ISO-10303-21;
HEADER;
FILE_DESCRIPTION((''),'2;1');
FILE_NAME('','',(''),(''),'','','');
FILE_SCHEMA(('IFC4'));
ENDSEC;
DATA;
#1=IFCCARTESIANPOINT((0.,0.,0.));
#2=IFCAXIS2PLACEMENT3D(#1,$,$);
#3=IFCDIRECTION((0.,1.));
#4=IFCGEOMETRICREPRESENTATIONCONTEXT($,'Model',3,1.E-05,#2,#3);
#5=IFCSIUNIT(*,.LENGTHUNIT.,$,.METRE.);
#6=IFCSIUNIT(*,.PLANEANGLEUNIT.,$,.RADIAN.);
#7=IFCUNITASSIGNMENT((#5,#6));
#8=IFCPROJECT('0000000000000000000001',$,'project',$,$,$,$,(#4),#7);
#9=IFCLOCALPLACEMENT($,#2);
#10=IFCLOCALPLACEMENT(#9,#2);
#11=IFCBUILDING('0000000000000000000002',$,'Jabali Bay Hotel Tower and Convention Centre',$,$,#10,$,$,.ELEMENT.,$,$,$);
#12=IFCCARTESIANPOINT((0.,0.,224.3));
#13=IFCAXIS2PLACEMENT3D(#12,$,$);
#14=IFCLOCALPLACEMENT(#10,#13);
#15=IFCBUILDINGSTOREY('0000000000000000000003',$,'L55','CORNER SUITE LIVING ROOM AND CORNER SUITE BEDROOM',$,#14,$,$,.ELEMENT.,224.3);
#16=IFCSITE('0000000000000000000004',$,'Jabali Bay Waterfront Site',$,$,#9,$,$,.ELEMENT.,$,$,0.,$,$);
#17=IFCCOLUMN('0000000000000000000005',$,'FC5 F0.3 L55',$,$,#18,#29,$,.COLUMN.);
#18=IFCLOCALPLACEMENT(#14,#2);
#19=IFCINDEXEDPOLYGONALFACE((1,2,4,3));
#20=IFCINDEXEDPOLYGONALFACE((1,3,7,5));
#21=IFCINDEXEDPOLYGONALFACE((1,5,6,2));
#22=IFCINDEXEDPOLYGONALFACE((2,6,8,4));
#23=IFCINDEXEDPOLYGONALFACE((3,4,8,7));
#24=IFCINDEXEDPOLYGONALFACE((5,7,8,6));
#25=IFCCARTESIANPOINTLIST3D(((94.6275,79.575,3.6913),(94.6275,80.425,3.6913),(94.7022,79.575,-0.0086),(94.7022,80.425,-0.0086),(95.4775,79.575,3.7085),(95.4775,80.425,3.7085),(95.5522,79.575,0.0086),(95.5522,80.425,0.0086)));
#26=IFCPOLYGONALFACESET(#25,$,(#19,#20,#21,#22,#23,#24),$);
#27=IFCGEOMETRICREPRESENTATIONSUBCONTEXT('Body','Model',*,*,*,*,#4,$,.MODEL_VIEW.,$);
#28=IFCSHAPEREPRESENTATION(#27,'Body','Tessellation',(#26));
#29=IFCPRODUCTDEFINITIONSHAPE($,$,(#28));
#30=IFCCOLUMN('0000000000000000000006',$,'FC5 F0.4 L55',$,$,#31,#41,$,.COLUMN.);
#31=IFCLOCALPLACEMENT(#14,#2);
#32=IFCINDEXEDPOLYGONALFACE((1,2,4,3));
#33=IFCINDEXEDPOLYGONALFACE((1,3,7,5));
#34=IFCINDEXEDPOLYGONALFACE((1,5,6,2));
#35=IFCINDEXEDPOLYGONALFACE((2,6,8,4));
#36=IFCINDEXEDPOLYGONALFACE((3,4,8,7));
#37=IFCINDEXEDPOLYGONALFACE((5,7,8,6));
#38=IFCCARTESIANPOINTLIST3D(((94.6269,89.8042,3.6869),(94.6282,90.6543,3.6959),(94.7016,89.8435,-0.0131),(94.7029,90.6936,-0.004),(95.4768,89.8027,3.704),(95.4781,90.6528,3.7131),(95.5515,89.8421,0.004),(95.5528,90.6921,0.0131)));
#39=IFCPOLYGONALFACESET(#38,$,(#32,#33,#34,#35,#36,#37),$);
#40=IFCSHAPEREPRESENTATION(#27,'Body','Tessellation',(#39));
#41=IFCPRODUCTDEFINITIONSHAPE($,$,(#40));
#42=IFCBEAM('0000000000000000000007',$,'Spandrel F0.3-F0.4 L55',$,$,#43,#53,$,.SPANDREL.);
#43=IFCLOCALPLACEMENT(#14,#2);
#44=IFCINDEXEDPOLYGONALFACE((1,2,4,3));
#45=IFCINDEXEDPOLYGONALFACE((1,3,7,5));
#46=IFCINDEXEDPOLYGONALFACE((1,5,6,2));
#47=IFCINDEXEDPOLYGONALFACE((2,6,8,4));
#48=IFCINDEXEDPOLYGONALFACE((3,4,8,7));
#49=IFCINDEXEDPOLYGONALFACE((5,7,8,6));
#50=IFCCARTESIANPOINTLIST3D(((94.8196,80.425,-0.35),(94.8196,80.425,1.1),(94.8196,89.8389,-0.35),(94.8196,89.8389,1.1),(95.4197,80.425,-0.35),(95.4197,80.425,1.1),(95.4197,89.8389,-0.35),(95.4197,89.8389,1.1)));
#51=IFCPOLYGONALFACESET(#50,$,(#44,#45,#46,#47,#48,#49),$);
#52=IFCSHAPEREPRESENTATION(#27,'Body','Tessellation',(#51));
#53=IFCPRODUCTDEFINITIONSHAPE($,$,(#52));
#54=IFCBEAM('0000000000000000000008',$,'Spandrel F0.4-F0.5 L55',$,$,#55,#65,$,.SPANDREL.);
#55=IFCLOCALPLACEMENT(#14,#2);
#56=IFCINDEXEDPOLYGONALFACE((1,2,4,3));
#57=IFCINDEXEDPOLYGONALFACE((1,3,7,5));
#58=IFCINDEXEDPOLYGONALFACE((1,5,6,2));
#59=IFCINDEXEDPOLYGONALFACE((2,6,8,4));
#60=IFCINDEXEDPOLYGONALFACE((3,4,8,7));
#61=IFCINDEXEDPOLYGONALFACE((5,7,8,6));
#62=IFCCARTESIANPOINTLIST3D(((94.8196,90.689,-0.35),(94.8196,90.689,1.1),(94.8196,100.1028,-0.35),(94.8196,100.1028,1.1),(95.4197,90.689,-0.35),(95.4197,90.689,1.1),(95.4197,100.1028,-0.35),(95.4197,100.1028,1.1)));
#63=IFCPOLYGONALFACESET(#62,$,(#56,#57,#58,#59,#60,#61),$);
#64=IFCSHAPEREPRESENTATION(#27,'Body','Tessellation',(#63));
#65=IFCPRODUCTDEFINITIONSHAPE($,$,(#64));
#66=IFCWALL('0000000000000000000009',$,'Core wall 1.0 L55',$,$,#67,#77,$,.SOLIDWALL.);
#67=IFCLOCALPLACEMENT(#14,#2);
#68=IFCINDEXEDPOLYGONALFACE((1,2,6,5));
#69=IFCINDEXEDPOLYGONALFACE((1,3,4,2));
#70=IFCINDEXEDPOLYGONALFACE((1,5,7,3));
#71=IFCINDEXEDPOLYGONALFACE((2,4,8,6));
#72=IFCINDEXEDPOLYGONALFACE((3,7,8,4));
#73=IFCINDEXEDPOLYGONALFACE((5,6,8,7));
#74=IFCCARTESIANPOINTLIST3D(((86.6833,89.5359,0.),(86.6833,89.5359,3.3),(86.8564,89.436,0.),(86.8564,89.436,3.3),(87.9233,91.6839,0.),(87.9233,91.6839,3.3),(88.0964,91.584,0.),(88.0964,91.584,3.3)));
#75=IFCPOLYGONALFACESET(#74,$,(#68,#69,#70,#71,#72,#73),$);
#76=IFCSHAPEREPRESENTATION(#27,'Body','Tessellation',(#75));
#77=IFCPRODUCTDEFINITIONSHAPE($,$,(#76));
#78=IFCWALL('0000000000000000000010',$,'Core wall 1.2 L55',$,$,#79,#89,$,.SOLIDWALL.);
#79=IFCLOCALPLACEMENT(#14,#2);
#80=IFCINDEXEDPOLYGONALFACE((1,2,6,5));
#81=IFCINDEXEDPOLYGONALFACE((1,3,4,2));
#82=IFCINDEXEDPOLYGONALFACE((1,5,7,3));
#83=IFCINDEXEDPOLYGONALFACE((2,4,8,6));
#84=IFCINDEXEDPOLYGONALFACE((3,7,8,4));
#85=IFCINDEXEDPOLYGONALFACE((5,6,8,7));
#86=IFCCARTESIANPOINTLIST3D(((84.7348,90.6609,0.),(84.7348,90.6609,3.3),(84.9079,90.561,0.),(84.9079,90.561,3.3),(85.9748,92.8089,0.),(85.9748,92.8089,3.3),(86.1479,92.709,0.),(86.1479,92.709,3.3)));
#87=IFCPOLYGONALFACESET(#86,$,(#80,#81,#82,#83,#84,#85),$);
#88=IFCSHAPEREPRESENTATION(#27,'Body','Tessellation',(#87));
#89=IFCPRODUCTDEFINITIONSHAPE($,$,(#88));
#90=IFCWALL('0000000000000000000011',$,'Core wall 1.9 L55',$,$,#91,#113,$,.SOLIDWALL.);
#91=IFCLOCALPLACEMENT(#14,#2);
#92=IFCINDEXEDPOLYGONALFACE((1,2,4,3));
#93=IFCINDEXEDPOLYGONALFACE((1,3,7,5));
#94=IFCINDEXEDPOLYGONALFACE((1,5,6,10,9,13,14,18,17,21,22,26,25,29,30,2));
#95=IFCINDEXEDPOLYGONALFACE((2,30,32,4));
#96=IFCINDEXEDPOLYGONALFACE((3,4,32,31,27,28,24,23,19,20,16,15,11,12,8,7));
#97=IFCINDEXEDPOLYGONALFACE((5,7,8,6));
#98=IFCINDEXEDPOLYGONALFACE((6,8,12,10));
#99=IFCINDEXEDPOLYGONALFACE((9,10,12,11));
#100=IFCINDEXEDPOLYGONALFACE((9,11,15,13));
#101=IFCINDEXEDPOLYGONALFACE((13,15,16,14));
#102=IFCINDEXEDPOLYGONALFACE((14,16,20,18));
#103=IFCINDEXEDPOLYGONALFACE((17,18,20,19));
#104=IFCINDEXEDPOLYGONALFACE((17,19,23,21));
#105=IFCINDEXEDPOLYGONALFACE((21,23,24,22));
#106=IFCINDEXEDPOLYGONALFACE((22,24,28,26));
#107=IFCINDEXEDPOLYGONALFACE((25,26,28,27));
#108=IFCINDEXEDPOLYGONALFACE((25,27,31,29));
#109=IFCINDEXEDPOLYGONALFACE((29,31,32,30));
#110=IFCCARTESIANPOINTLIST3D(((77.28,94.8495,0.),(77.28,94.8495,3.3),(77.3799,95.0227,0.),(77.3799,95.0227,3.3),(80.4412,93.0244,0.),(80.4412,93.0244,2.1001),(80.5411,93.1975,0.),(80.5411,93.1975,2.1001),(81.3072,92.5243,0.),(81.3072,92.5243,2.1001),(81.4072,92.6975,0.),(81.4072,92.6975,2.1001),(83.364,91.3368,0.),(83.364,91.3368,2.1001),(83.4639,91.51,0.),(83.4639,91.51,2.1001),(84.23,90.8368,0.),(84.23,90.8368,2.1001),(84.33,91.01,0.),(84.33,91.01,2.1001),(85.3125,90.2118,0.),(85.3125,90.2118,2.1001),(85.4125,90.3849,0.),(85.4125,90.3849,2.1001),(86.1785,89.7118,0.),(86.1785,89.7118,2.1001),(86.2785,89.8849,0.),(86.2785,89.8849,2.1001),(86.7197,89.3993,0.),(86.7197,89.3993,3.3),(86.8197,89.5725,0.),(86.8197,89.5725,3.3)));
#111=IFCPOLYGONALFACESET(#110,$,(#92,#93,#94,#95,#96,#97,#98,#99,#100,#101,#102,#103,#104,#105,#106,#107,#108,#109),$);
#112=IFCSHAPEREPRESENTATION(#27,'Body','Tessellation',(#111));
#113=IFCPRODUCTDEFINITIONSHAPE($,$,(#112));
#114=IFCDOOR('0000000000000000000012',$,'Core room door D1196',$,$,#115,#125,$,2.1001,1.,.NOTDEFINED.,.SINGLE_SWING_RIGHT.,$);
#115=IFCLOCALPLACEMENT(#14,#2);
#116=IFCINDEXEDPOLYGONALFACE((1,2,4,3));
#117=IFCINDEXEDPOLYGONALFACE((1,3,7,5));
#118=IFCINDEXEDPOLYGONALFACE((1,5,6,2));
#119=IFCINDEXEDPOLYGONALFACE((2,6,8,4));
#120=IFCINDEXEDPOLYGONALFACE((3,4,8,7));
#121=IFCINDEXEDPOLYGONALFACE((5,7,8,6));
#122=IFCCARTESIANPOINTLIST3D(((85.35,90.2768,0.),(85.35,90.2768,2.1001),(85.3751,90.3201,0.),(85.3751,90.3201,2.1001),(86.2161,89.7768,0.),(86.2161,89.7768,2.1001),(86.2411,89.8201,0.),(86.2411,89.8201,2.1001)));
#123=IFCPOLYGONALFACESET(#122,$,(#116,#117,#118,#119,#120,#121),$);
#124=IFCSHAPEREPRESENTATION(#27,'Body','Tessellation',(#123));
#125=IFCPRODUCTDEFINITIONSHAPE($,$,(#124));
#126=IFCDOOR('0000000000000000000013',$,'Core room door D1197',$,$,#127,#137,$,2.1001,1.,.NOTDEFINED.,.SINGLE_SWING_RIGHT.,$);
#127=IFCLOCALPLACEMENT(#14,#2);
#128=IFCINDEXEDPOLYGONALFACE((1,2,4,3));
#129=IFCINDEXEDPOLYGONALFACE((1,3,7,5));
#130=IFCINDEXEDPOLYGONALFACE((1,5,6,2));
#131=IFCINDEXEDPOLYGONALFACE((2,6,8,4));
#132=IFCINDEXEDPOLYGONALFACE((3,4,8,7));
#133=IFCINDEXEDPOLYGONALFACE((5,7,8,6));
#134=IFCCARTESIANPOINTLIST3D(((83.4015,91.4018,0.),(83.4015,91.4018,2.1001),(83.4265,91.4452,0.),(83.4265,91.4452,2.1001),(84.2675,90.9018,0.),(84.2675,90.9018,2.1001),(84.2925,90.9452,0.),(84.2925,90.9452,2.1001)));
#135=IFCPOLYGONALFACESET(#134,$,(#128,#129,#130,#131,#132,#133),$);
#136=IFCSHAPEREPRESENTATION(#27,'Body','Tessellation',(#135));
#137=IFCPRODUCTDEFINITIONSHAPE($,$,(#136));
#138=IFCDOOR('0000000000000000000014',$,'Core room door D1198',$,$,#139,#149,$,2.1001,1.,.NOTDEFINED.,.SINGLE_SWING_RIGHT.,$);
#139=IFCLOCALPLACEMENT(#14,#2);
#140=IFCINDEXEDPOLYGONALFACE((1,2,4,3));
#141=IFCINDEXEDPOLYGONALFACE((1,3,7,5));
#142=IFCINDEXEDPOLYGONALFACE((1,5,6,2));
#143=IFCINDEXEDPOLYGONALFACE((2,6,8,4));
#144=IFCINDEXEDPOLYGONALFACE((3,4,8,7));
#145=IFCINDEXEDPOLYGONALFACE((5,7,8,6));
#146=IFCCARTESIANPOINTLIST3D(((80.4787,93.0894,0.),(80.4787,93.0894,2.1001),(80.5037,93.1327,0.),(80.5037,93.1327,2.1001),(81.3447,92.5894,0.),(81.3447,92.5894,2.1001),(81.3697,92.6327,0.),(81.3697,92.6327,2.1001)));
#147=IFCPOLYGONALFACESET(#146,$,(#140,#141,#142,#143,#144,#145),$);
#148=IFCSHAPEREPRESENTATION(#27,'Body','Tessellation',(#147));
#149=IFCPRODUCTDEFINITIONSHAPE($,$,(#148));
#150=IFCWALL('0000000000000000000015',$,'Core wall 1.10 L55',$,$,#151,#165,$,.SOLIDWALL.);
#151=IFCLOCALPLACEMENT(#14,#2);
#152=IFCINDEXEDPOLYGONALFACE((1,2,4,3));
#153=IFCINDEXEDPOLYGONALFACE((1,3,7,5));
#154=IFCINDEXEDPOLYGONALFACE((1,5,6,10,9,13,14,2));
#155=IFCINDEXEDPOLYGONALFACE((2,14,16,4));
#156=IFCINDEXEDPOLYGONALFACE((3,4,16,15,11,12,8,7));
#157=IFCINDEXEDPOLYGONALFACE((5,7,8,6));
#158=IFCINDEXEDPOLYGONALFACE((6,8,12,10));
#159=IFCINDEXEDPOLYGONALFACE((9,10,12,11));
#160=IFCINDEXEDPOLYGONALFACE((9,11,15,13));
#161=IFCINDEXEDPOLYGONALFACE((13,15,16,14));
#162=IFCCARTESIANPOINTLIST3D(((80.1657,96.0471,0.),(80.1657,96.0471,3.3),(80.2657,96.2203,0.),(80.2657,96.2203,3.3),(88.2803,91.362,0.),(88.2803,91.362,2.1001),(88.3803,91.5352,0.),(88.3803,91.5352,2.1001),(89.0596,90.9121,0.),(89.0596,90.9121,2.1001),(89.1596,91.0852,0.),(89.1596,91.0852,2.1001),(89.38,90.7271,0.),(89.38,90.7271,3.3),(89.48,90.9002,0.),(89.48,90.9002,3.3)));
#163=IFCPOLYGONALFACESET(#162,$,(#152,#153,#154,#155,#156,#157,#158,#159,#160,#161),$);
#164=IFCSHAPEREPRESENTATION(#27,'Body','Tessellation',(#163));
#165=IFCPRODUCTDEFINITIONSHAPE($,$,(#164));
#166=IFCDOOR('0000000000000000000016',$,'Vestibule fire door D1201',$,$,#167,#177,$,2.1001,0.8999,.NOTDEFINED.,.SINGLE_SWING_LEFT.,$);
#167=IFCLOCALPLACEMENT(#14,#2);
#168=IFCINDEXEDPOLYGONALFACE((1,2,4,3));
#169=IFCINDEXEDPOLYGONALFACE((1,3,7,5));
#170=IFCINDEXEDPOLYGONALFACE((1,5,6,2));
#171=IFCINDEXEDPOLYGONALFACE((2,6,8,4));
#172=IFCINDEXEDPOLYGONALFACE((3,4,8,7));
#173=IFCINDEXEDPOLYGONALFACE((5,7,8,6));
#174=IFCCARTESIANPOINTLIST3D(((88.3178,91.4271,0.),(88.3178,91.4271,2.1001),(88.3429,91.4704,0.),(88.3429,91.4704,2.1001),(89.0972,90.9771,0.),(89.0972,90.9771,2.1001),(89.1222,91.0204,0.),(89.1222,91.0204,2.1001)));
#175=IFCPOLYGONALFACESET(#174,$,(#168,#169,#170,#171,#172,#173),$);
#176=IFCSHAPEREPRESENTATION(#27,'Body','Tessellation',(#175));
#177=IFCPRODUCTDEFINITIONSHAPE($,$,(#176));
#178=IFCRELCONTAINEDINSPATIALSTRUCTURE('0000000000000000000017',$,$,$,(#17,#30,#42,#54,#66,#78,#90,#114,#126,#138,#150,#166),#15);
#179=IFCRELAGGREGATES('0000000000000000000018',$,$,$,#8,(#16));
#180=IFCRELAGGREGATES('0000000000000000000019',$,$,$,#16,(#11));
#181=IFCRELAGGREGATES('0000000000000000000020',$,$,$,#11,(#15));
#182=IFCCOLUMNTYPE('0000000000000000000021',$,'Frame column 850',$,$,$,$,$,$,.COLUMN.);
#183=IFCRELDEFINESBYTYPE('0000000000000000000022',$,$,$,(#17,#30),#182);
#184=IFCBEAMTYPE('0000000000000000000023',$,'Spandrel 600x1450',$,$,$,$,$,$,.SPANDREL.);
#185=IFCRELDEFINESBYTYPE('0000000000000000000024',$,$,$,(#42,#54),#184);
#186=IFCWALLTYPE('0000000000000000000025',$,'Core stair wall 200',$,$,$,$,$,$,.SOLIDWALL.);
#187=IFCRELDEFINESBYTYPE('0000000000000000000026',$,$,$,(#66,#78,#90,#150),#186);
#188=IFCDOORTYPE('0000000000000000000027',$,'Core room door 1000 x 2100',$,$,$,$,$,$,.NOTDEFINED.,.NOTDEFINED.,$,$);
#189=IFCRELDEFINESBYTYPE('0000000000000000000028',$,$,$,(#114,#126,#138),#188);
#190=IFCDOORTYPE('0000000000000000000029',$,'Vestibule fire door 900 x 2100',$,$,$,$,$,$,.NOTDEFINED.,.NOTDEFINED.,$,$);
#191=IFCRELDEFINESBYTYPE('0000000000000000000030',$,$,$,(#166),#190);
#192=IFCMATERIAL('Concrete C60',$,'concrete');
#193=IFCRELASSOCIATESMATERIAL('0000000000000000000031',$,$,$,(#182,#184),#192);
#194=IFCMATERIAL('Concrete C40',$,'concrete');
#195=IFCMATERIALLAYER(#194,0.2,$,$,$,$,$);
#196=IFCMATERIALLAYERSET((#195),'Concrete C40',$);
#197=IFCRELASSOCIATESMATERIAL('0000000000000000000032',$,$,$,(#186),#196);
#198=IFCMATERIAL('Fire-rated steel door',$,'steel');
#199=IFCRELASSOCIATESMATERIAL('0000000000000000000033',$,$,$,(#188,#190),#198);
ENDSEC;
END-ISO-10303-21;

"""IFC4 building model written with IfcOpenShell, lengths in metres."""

from ifc_helpers import new_model, si_unit, direction, frame, frame_2d, origin, origin_2d, place, context, subcontext, project, spatial, rectangle, extrude, material, layer, layer_set, material_profile, profile_set, type_object, element, fill, save


model = new_model("IFC4")

# Units and contexts
model_context = context("Model", 3, precision=1e-05, world=origin(), true_north=direction((0.0, 1.0)))
body_context = subcontext(model_context, "Body", "Model", "MODEL_VIEW")
ifc_project = project(units=[si_unit("LENGTHUNIT", "METRE"), si_unit("PLANEANGLEUNIT", "RADIAN")], contexts=[model_context])

# Site, building, storey
site_placement = place(None, origin())
site = spatial("IfcSite", under=ifc_project, at=site_placement, Name="Jabali Bay Waterfront Site", CompositionType="ELEMENT", RefElevation=0.0)
building_placement = place(site_placement, origin())
building = spatial("IfcBuilding", under=site, at=building_placement, Name="Jabali Bay Hotel Tower and Convention Centre", CompositionType="ELEMENT")
storey_placement = place(building_placement, frame((0.0, 0.0, 224.3)))
storey = spatial("IfcBuildingStorey", under=building, at=storey_placement, Name="L55", Description="CORNER SUITE LIVING ROOM AND CORNER SUITE BEDROOM", CompositionType="ELEMENT", Elevation=224.3)

# Columns
ifc_material_1 = material(Name="Concrete C60", Category="concrete")
ifc_material_profile_1 = material_profile(ifc_material_1, rectangle(XDim=0.8501, YDim=0.8501, at=origin_2d()), Name="Frame column 850")
ifc_profile_set_1 = profile_set([ifc_material_profile_1], Name="Concrete C60")
column_type = type_object("IfcColumnType", Name="Frame column 850", PredefinedType="COLUMN", material=ifc_profile_set_1)
column_1_placement = place(storey_placement, frame((95.1272, 80.0, 0.0), z_axis=(-0.020187, 0.0, 0.999796), x_axis=(0.0, -1.0, 0.0)))
element("IfcColumn", 1, at=column_1_placement, inside=storey, type_object=column_type, Name="FC5 F0.3 L55", PredefinedType="COLUMN", context=body_context, shape_type="SweptSolid", body=[
    extrude(rectangle(XDim=0.8501, YDim=0.8501, at=origin_2d()), origin(), (0.0, 0.0, 1.0), 3.7007),
])
column_2_placement = place(storey_placement, frame((95.1272, 90.2678, 0.0), z_axis=(-0.020186, -0.010621, 0.99974), x_axis=(0.999795, -0.001758, 0.020169)))
element("IfcColumn", 2, at=column_2_placement, inside=storey, type_object=column_type, Name="FC5 F0.4 L55", PredefinedType="COLUMN", context=body_context, shape_type="SweptSolid", body=[
    extrude(rectangle(XDim=0.8501, YDim=0.8501, at=origin_2d()), origin(), (0.0, 0.0, 1.0), 3.7009),
])

# Beams
ifc_material_profile_2 = material_profile(ifc_material_1, rectangle(XDim=0.6001, YDim=1.45, at=origin_2d()), Name="Spandrel 600x1450")
ifc_profile_set_2 = profile_set([ifc_material_profile_2], Name="Concrete C60")
beam_type = type_object("IfcBeamType", Name="Spandrel 600x1450", PredefinedType="SPANDREL", material=ifc_profile_set_2)
for number, where, z_axis, x_axis, name in (
    (3, (95.1196, 80.425, 0.375), (0.0, 1.0, 0.0), (-1.0, 0.0, 0.0), "Spandrel F0.3-F0.4 L55"),
    (4, (95.1196, 90.689, 0.375), (0.0, 1.0, 0.0), (-1.0, 0.0, 0.0), "Spandrel F0.4-F0.5 L55"),
):
    element("IfcBeam", number, at=place(storey_placement, frame(where, z_axis=z_axis, x_axis=x_axis)), inside=storey, type_object=beam_type, Name=name, PredefinedType="SPANDREL", context=body_context, shape_type="SweptSolid", body=[
        extrude(rectangle(XDim=0.6001, YDim=1.45, at=origin_2d()), origin(), (0.0, 0.0, 1.0), 9.4138),
    ])

# Walls
ifc_material_2 = material(Name="Concrete C40", Category="concrete")
ifc_layer_1 = layer(ifc_material_2, 0.2)
ifc_layer_set_1 = layer_set([ifc_layer_1], Name="Concrete C40")
wall_type_1 = type_object("IfcWallType", Name="Core stair wall 200", PredefinedType="SOLIDWALL", material=ifc_layer_set_1)
for number, where, z_axis, x_axis, name in (
    (5, (86.7698, 89.4858, 0.0), (0.0, 0.0, 1.0), (0.499961, 0.866048, 0.0), "Core wall 1.0 L55"),
    (6, (84.8213, 90.6108, 0.0), (0.0, 0.0, 1.0), (0.499961, 0.866048, 0.0), "Core wall 1.2 L55"),
):
    element("IfcWall", number, at=place(storey_placement, frame(where, z_axis=z_axis, x_axis=x_axis)), inside=storey, type_object=wall_type_1, Name=name, PredefinedType="SOLIDWALL", context=body_context, shape_type="SweptSolid", body=[
        extrude(rectangle(XDim=2.4802, YDim=0.2, at=frame_2d((1.2402, 0.0))), origin(), (0.0, 0.0, 1.0), 3.3),
    ])

# Wall, openings, doors
wall_1_placement = place(storey_placement, frame((86.7698, 89.4858, 0.0), z_axis=(0.0, 0.0, 1.0), x_axis=(-0.866018, 0.500013, 0.0)))
wall_1 = element("IfcWall", 7, at=wall_1_placement, inside=storey, type_object=wall_type_1, Name="Core wall 1.9 L55", PredefinedType="SOLIDWALL", context=body_context, shape_type="SweptSolid", body=[
    extrude(rectangle(XDim=10.9001, YDim=0.2, at=frame_2d((5.4502, 0.0))), origin(), (0.0, 0.0, 1.0), 3.3),
])
opening_1_placement = place(wall_1_placement, frame((0.625, 0.0, 0.0)))
opening_1 = element("IfcOpeningElement", 8, at=opening_1_placement, cuts=wall_1, PredefinedType="OPENING", context=body_context, shape_type="SweptSolid", body=[
    extrude(rectangle(XDim=1.0, YDim=2.1001, at=frame_2d((0.5, 1.05))), frame((0.0, 0.1104, 0.0), z_axis=(0.0, -1.0, 0.0), x_axis=(1.0, 0.0, 0.0)), (0.0, 0.0, 1.0), 0.2209),
])
opening_2_placement = place(wall_1_placement, frame((2.875, 0.0, 0.0)))
opening_2 = element("IfcOpeningElement", 9, at=opening_2_placement, cuts=wall_1, PredefinedType="OPENING", context=body_context, shape_type="SweptSolid", body=[
    extrude(rectangle(XDim=1.0, YDim=2.1001, at=frame_2d((0.5, 1.05))), frame((0.0, 0.1104, 0.0), z_axis=(0.0, -1.0, 0.0), x_axis=(1.0, 0.0, 0.0)), (0.0, 0.0, 1.0), 0.2209),
])
opening_3_placement = place(wall_1_placement, frame((6.25, 0.0, 0.0)))
opening_3 = element("IfcOpeningElement", 10, at=opening_3_placement, cuts=wall_1, PredefinedType="OPENING", context=body_context, shape_type="SweptSolid", body=[
    extrude(rectangle(XDim=1.0, YDim=2.1001, at=frame_2d((0.5, 1.05))), frame((0.0, 0.1104, 0.0), z_axis=(0.0, -1.0, 0.0), x_axis=(1.0, 0.0, 0.0)), (0.0, 0.0, 1.0), 0.2209),
])
ifc_material_3 = material(Name="Fire-rated steel door", Category="steel")
door_type_1 = type_object("IfcDoorType", Name="Core room door 1000 x 2100", OperationType="NOTDEFINED", PredefinedType="NOTDEFINED", material=ifc_material_3)
door_1_placement = place(opening_1_placement, origin())
door_1 = element("IfcDoor", 11, at=door_1_placement, inside=storey, type_object=door_type_1, Name="Core room door D1196", OperationType="SINGLE_SWING_RIGHT", OverallHeight=2.1001, OverallWidth=1.0, PredefinedType="NOTDEFINED", context=body_context, shape_type="SweptSolid", body=[
    extrude(rectangle(XDim=1.0, YDim=2.1001, at=frame_2d((0.5, 1.05))), frame((0.0, 0.0249, 0.0), z_axis=(0.0, -1.0, 0.0), x_axis=(1.0, 0.0, 0.0)), (0.0, 0.0, 1.0), 0.05),
])
fill(opening_1, door_1)
door_2_placement = place(opening_2_placement, origin())
door_2 = element("IfcDoor", 12, at=door_2_placement, inside=storey, type_object=door_type_1, Name="Core room door D1197", OperationType="SINGLE_SWING_RIGHT", OverallHeight=2.1001, OverallWidth=1.0, PredefinedType="NOTDEFINED", context=body_context, shape_type="SweptSolid", body=[
    extrude(rectangle(XDim=1.0, YDim=2.1001, at=frame_2d((0.5, 1.05))), frame((0.0, 0.0249, 0.0), z_axis=(0.0, -1.0, 0.0), x_axis=(1.0, 0.0, 0.0)), (0.0, 0.0, 1.0), 0.05),
])
fill(opening_2, door_2)
door_3_placement = place(opening_3_placement, origin())
door_3 = element("IfcDoor", 13, at=door_3_placement, inside=storey, type_object=door_type_1, Name="Core room door D1198", OperationType="SINGLE_SWING_RIGHT", OverallHeight=2.1001, OverallWidth=1.0, PredefinedType="NOTDEFINED", context=body_context, shape_type="SweptSolid", body=[
    extrude(rectangle(XDim=1.0, YDim=2.1001, at=frame_2d((0.5, 1.05))), frame((0.0, 0.0249, 0.0), z_axis=(0.0, -1.0, 0.0), x_axis=(1.0, 0.0, 0.0)), (0.0, 0.0, 1.0), 0.05),
])
fill(opening_3, door_3)

# Wall, opening, door
wall_2_placement = place(storey_placement, frame((89.4299, 90.8137, 0.0), z_axis=(0.0, 0.0, 1.0), x_axis=(-0.866019, 0.500011, 0.0)))
wall_2 = element("IfcWall", 14, at=wall_2_placement, inside=storey, type_object=wall_type_1, Name="Core wall 1.10 L55", PredefinedType="SOLIDWALL", context=body_context, shape_type="SweptSolid", body=[
    extrude(rectangle(XDim=10.6399, YDim=0.2, at=frame_2d((5.3198, 0.0))), origin(), (0.0, 0.0, 1.0), 3.3),
])
opening_4_placement = place(wall_2_placement, frame((0.3699, 0.0, 0.0)))
opening_4 = element("IfcOpeningElement", 15, at=opening_4_placement, cuts=wall_2, PredefinedType="OPENING", context=body_context, shape_type="SweptSolid", body=[
    extrude(rectangle(XDim=0.8999, YDim=2.1001, at=frame_2d((0.45, 1.05))), frame((0.0, 0.1104, 0.0), z_axis=(0.0, -1.0, 0.0), x_axis=(1.0, 0.0, 0.0)), (0.0, 0.0, 1.0), 0.2209),
])
door_type_2 = type_object("IfcDoorType", Name="Vestibule fire door 900 x 2100", OperationType="NOTDEFINED", PredefinedType="NOTDEFINED", material=ifc_material_3)
door_4_placement = place(opening_4_placement, origin())
door_4 = element("IfcDoor", 16, at=door_4_placement, inside=storey, type_object=door_type_2, Name="Vestibule fire door D1201", OperationType="SINGLE_SWING_LEFT", OverallHeight=2.1001, OverallWidth=0.8999, PredefinedType="NOTDEFINED", context=body_context, shape_type="SweptSolid", body=[
    extrude(rectangle(XDim=0.8999, YDim=2.1001, at=frame_2d((0.45, 1.05))), frame((0.0, 0.0249, 0.0), z_axis=(0.0, -1.0, 0.0), x_axis=(1.0, 0.0, 0.0)), (0.0, 0.0, 1.0), 0.05),
])
fill(opening_4, door_4)

save(model, "model.ifc")
